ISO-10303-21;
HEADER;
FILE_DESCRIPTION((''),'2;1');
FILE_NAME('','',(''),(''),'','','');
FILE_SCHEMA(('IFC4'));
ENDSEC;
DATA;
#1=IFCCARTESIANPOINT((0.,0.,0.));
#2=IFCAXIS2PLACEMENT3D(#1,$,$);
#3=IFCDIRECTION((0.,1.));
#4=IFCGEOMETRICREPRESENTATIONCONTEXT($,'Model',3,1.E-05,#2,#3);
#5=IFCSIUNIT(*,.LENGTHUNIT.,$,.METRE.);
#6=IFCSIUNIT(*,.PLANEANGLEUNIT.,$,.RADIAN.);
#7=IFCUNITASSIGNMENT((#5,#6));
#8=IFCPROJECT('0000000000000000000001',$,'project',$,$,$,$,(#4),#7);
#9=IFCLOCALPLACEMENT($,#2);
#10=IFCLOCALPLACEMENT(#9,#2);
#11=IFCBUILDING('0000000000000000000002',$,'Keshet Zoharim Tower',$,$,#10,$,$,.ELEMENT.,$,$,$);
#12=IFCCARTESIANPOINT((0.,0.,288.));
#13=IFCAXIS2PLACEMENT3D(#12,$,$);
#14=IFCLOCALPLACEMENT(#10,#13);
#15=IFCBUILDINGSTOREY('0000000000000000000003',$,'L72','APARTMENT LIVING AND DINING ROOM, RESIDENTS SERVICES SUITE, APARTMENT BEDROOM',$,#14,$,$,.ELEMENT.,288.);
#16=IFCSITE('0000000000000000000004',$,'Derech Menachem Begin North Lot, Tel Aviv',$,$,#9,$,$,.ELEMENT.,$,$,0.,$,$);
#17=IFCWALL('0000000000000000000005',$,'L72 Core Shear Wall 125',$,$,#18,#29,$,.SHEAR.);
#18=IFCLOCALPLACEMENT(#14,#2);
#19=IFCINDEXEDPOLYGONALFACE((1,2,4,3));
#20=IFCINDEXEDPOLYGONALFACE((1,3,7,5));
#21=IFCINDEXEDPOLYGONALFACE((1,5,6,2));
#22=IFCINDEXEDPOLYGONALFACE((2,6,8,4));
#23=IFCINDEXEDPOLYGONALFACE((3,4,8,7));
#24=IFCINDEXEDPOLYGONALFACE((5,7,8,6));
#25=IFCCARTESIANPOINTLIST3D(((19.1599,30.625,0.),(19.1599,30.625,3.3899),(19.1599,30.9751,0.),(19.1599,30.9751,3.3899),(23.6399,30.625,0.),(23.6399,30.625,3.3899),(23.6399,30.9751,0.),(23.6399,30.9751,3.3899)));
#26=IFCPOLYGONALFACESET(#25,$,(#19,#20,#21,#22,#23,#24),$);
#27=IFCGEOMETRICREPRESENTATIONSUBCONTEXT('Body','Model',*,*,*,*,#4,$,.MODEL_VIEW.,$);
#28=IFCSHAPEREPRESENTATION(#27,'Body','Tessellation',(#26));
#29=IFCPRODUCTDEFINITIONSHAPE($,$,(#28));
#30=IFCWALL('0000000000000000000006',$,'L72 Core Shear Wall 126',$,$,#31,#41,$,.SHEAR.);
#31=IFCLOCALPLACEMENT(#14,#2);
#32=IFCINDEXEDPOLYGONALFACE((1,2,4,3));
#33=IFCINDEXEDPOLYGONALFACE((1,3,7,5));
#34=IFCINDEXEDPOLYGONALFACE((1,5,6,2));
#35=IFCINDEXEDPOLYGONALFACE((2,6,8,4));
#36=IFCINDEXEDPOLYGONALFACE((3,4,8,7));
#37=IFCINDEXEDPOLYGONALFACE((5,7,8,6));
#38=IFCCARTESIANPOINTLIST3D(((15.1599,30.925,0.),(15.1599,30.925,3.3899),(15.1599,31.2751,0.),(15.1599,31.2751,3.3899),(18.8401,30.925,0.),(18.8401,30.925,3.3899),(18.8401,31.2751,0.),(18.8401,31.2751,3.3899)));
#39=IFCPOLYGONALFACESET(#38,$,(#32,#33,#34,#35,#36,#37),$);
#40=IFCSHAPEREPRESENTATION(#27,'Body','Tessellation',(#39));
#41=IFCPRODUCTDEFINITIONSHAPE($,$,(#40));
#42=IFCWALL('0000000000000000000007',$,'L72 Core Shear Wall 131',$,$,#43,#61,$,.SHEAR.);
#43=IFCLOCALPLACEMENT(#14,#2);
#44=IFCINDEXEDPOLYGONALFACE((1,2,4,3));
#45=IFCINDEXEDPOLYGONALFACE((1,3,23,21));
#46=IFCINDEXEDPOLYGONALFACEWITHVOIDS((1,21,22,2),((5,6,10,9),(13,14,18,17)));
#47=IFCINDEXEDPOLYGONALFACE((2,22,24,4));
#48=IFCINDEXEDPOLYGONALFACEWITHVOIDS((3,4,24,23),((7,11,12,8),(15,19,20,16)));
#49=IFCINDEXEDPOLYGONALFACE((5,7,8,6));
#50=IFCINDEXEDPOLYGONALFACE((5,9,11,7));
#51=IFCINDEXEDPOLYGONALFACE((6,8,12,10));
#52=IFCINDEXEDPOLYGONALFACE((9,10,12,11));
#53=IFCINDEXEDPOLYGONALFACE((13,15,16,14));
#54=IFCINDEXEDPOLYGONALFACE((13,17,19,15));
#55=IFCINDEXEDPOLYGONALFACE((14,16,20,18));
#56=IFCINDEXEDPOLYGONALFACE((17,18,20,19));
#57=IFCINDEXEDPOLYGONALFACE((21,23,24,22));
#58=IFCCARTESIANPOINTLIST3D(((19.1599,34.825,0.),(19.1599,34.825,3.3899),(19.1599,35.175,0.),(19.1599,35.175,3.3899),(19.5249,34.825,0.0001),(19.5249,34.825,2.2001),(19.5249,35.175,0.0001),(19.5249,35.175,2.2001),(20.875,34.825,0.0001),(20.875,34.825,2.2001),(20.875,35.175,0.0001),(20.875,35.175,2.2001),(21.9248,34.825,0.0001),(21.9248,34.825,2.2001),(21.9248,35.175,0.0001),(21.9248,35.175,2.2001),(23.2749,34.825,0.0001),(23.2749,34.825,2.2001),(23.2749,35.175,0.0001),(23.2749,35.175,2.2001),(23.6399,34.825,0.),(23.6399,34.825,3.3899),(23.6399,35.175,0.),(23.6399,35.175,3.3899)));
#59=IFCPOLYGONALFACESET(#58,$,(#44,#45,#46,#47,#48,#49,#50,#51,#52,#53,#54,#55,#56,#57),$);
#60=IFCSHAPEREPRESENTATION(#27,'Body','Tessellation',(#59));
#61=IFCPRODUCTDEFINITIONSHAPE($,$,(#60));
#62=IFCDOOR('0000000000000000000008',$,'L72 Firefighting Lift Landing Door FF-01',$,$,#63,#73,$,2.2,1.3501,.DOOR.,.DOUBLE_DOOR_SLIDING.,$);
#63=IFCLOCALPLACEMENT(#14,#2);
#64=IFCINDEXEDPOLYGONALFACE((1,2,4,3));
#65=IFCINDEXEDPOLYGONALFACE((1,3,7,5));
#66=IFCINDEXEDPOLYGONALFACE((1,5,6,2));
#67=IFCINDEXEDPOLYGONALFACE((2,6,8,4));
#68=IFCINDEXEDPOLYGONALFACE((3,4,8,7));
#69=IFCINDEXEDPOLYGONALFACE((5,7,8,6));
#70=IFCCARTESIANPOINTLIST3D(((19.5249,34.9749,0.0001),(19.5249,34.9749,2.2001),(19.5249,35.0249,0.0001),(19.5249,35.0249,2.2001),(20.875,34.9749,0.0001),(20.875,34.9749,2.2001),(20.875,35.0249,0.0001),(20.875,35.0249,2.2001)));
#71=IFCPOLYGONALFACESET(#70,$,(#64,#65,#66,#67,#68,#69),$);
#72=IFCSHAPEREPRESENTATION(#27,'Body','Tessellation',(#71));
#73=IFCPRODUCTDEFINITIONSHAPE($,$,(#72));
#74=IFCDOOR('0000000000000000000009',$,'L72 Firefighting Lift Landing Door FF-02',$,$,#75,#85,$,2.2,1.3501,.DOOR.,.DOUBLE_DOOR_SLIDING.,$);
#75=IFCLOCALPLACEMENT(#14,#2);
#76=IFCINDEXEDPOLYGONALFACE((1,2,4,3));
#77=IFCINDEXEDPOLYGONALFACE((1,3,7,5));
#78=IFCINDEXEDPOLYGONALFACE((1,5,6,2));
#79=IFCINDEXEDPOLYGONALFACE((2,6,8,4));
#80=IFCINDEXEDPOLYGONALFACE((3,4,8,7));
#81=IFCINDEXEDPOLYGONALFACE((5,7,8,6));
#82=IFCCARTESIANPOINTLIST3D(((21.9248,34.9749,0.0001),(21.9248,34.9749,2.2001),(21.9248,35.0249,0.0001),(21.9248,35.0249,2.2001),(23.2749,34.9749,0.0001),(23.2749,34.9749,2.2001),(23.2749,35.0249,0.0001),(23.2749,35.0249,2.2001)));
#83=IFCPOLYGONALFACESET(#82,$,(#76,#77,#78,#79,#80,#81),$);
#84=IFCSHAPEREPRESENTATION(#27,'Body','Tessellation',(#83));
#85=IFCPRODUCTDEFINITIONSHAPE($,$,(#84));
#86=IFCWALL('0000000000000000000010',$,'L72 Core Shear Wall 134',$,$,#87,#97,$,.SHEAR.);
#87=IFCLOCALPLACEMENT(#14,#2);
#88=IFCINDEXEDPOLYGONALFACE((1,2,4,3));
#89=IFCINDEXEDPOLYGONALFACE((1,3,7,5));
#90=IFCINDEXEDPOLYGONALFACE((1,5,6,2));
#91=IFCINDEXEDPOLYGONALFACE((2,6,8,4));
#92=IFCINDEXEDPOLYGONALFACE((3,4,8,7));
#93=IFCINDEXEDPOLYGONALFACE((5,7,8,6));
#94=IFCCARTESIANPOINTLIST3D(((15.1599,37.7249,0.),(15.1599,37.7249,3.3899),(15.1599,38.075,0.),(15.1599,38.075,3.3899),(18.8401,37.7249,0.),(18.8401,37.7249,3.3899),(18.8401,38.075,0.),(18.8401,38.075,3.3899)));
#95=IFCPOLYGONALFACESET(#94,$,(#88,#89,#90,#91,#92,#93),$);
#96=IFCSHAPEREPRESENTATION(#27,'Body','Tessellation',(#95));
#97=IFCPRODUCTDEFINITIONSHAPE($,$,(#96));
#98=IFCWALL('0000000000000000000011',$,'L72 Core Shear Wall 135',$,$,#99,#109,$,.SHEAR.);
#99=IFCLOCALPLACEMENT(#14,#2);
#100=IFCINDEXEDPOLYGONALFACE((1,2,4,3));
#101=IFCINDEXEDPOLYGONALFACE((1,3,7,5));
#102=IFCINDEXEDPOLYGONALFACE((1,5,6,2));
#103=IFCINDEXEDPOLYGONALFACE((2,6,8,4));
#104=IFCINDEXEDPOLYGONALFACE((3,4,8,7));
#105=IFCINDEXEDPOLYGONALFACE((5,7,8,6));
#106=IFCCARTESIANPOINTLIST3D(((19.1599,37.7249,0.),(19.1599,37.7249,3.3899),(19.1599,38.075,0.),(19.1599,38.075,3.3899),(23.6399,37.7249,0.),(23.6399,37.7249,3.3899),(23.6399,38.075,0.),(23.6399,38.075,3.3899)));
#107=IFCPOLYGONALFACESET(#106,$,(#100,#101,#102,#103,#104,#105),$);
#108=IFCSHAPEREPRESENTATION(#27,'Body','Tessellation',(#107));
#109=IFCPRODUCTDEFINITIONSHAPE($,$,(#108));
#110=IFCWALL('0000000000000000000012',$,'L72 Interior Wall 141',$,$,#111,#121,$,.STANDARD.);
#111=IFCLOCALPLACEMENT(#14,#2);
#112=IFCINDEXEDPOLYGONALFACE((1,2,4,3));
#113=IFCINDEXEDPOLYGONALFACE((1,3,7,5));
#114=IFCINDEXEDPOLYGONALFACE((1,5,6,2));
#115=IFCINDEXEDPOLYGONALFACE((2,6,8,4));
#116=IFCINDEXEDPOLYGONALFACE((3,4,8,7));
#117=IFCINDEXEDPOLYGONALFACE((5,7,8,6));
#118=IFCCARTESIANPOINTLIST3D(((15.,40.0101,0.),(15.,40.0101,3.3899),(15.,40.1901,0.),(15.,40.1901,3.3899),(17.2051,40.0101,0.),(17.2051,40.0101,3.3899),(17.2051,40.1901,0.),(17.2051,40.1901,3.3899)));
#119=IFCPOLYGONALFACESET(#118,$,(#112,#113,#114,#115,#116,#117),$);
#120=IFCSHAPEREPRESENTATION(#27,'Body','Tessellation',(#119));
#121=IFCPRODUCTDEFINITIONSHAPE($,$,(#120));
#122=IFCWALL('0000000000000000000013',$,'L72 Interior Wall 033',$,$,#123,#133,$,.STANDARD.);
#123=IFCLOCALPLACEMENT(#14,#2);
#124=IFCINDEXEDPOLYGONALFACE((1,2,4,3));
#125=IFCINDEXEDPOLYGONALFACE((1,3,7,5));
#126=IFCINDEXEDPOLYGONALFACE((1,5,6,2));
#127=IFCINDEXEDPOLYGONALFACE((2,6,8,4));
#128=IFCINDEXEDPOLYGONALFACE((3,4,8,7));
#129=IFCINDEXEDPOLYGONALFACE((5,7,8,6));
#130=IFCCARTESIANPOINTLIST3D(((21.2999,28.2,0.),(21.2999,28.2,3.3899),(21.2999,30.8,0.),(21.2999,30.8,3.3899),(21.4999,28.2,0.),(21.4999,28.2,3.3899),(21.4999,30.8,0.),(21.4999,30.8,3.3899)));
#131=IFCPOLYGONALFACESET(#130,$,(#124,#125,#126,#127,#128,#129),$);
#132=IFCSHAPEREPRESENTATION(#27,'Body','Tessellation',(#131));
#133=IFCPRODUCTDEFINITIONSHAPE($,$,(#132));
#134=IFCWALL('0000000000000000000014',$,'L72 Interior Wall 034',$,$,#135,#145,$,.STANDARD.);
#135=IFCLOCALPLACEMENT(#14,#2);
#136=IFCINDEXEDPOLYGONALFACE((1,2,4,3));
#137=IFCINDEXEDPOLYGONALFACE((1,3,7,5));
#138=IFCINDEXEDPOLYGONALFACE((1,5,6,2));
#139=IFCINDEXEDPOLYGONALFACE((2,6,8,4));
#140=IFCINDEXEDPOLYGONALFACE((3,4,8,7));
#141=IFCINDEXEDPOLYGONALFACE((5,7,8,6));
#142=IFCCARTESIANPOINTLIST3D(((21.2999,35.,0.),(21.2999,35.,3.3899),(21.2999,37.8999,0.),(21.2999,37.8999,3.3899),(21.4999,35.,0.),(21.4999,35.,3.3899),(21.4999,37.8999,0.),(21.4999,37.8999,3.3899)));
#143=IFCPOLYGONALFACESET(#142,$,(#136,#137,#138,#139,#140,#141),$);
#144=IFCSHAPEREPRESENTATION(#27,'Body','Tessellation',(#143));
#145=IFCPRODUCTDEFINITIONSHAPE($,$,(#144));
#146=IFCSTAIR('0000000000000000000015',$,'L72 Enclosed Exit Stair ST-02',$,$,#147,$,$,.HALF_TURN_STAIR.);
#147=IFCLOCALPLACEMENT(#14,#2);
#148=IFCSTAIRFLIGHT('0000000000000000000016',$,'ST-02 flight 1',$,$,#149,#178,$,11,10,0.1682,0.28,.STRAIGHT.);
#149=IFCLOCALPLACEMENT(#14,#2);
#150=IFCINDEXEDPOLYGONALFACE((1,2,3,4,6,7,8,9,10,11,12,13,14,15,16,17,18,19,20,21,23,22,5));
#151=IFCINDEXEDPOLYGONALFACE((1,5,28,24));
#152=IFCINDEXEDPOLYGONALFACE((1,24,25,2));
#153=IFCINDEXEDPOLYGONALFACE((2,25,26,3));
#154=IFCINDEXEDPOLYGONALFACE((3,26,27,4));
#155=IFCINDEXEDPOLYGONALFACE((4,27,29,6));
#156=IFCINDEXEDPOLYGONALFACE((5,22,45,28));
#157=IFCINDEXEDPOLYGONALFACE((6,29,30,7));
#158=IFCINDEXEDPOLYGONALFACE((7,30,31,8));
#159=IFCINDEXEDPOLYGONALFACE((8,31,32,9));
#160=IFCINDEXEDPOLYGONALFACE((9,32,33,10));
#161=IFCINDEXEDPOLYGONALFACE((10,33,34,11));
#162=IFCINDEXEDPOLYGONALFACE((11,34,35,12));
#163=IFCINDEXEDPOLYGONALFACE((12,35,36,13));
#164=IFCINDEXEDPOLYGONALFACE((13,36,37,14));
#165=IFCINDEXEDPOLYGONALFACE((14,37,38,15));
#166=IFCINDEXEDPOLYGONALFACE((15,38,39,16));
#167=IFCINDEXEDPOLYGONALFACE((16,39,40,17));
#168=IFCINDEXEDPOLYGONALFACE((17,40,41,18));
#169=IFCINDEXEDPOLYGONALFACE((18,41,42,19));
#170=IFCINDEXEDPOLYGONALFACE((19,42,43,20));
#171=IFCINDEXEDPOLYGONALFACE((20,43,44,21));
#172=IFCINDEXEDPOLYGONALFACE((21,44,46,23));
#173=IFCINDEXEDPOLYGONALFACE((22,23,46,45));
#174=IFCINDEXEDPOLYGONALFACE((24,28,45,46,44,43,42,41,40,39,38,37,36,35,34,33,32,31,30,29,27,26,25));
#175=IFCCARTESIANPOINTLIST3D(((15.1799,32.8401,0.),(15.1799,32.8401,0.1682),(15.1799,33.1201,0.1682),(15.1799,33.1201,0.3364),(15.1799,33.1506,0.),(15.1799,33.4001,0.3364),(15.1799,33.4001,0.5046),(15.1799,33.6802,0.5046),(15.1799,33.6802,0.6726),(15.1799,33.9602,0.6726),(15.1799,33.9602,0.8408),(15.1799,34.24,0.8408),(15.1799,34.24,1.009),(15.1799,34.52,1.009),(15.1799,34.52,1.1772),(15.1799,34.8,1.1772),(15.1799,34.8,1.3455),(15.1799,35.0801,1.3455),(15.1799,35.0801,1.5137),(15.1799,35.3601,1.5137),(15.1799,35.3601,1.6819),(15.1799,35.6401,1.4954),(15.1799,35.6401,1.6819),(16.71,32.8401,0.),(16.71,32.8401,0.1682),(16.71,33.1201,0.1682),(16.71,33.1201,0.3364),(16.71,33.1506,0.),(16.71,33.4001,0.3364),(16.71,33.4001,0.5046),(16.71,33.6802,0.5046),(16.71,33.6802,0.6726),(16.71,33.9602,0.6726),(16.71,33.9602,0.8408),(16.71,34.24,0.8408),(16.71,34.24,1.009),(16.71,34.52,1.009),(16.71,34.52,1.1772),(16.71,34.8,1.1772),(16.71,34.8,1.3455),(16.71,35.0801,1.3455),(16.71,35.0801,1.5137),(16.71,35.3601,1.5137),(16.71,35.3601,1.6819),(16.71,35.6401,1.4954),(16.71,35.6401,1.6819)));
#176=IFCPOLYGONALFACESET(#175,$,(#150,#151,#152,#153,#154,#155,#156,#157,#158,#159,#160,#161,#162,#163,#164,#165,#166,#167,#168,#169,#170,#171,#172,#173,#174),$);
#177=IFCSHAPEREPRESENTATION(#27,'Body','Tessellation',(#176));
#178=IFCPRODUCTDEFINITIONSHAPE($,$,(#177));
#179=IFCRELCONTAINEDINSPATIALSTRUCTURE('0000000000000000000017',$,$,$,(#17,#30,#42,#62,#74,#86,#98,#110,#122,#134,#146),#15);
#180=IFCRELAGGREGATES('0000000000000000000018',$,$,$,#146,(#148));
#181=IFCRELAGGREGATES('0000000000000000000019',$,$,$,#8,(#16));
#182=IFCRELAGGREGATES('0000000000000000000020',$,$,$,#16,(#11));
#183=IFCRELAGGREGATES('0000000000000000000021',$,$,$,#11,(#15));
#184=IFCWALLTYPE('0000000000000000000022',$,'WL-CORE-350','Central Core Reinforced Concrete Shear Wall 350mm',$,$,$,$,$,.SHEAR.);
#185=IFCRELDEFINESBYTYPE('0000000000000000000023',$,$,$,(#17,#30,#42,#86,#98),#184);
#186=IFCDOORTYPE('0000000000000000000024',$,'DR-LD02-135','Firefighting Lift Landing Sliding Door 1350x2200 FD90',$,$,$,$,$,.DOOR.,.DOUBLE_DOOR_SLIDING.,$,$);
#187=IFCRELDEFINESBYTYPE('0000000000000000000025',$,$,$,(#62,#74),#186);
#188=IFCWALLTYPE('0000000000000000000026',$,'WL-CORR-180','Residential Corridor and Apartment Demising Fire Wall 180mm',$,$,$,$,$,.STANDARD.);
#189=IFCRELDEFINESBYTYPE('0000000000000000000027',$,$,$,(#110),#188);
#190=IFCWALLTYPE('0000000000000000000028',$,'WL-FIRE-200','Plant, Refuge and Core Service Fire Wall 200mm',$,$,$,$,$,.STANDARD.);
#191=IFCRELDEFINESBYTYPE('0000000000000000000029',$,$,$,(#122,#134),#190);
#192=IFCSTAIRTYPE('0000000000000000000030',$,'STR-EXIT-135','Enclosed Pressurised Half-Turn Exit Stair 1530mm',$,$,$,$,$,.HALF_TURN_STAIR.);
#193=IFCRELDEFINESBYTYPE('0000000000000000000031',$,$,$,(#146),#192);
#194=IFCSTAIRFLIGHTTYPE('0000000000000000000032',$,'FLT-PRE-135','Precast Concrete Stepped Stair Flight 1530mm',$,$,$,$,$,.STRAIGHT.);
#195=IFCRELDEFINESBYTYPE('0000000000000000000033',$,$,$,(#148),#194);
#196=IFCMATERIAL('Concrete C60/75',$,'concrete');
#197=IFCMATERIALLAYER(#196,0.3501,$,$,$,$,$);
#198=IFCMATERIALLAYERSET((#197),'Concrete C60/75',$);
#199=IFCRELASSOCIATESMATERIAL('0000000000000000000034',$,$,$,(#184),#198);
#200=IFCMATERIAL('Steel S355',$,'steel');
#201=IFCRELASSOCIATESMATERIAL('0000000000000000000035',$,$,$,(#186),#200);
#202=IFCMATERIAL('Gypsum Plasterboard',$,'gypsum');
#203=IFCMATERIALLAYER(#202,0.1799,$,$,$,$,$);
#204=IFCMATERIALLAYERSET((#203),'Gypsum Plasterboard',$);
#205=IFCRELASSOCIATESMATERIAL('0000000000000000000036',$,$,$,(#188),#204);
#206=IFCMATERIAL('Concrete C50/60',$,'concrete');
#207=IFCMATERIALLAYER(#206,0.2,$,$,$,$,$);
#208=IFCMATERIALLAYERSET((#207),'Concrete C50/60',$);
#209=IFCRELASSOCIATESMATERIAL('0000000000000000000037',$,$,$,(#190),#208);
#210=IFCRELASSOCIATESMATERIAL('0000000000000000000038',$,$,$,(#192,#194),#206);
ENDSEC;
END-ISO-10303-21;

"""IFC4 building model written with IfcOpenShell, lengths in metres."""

from ifc_helpers import new_model, si_unit, direction, frame, frame_2d, origin, place, context, subcontext, project, spatial, polyline, rectangle, outline, extrude, material, layer, layer_set, type_object, element, fill, aggregate, save


model = new_model("IFC4")

# Units and contexts
model_context = context("Model", 3, precision=1e-05, world=origin(), true_north=direction((0.0, 1.0)))
body_context = subcontext(model_context, "Body", "Model", "MODEL_VIEW")
ifc_project = project(units=[si_unit("LENGTHUNIT", "METRE"), si_unit("PLANEANGLEUNIT", "RADIAN")], contexts=[model_context])

# Site, building, storey
site_placement = place(None, origin())
site = spatial("IfcSite", under=ifc_project, at=site_placement, Name="Derech Menachem Begin North Lot, Tel Aviv", CompositionType="ELEMENT", RefElevation=0.0)
building_placement = place(site_placement, origin())
building = spatial("IfcBuilding", under=site, at=building_placement, Name="Keshet Zoharim Tower", CompositionType="ELEMENT")
storey_placement = place(building_placement, frame((0.0, 0.0, 288.0)))
storey = spatial("IfcBuildingStorey", under=building, at=storey_placement, Name="L72", Description="APARTMENT LIVING AND DINING ROOM, RESIDENTS SERVICES SUITE, APARTMENT BEDROOM", CompositionType="ELEMENT", Elevation=288.0)

# Shared definitions
ifc_material_1 = material(Name="Steel S355", Category="steel")

# Shared definitions
ifc_material_2 = material(Name="Concrete C60/75", Category="concrete")
ifc_layer_1 = layer(ifc_material_2, 0.3501)
ifc_layer_set_1 = layer_set([ifc_layer_1], Name="Concrete C60/75")
wall_type_1 = type_object("IfcWallType", Name="WL-CORE-350", Description="Central Core Reinforced Concrete Shear Wall 350mm", PredefinedType="SHEAR", material=ifc_layer_set_1)

# Walls
wall_1_placement = place(storey_placement, frame((19.1599, 30.8, 0.0), z_axis=(0.0, 0.0, 1.0), x_axis=(1.0, 0.0, 0.0)))
element("IfcWall", 1, at=wall_1_placement, inside=storey, type_object=wall_type_1, Name="L72 Core Shear Wall 125", PredefinedType="SHEAR", context=body_context, shape_type="SweptSolid", body=[
    extrude(rectangle(XDim=4.48, YDim=0.3501, at=frame_2d((2.24, 0.0))), origin(), (0.0, 0.0, 1.0), 3.3899),
])
wall_2_placement = place(storey_placement, frame((15.1599, 31.1001, 0.0), z_axis=(0.0, 0.0, 1.0), x_axis=(1.0, 0.0, 0.0)))
element("IfcWall", 2, at=wall_2_placement, inside=storey, type_object=wall_type_1, Name="L72 Core Shear Wall 126", PredefinedType="SHEAR", context=body_context, shape_type="SweptSolid", body=[
    extrude(rectangle(XDim=3.6802, YDim=0.3501, at=frame_2d((1.8401, 0.0))), origin(), (0.0, 0.0, 1.0), 3.3899),
])

# Wall, openings, doors
wall_3_placement = place(storey_placement, frame((19.1599, 35.0, 0.0), z_axis=(0.0, 0.0, 1.0), x_axis=(1.0, 0.0, 0.0)))
wall_3 = element("IfcWall", 3, at=wall_3_placement, inside=storey, type_object=wall_type_1, Name="L72 Core Shear Wall 131", PredefinedType="SHEAR", context=body_context, shape_type="SweptSolid", body=[
    extrude(rectangle(XDim=4.48, YDim=0.3501, at=frame_2d((2.24, 0.0))), origin(), (0.0, 0.0, 1.0), 3.3899),
])
opening_1_placement = place(wall_3_placement, frame((0.365, 0.0, 0.0)))
opening_1 = element("IfcOpeningElement", 4, at=opening_1_placement, cuts=wall_3, PredefinedType="OPENING", context=body_context, shape_type="SweptSolid", body=[
    extrude(rectangle(XDim=1.3501, YDim=2.2, at=frame_2d((0.675, 1.1001))), frame((0.0, 0.1851, 0.0), z_axis=(0.0, -1.0, 0.0), x_axis=(1.0, 0.0, 0.0)), (0.0, 0.0, 1.0), 0.3701),
])
opening_2_placement = place(wall_3_placement, frame((2.7649, 0.0, 0.0)))
opening_2 = element("IfcOpeningElement", 5, at=opening_2_placement, cuts=wall_3, PredefinedType="OPENING", context=body_context, shape_type="SweptSolid", body=[
    extrude(rectangle(XDim=1.3501, YDim=2.2, at=frame_2d((0.675, 1.1001))), frame((0.0, 0.1851, 0.0), z_axis=(0.0, -1.0, 0.0), x_axis=(1.0, 0.0, 0.0)), (0.0, 0.0, 1.0), 0.3701),
])
door_type_1 = type_object("IfcDoorType", Name="DR-LD02-135", Description="Firefighting Lift Landing Sliding Door 1350x2200 FD90", OperationType="DOUBLE_DOOR_SLIDING", PredefinedType="DOOR", material=ifc_material_1)
door_1_placement = place(opening_1_placement, origin())
door_1 = element("IfcDoor", 6, at=door_1_placement, inside=storey, type_object=door_type_1, Name="L72 Firefighting Lift Landing Door FF-01", OperationType="DOUBLE_DOOR_SLIDING", OverallHeight=2.2, OverallWidth=1.3501, PredefinedType="DOOR", context=body_context, shape_type="SweptSolid", body=[
    extrude(rectangle(XDim=1.3501, YDim=2.2, at=frame_2d((0.675, 1.1001))), frame((0.0, 0.0249, 0.0), z_axis=(0.0, -1.0, 0.0), x_axis=(1.0, 0.0, 0.0)), (0.0, 0.0, 1.0), 0.05),
])
fill(opening_1, door_1)
door_2_placement = place(opening_2_placement, origin())
door_2 = element("IfcDoor", 7, at=door_2_placement, inside=storey, type_object=door_type_1, Name="L72 Firefighting Lift Landing Door FF-02", OperationType="DOUBLE_DOOR_SLIDING", OverallHeight=2.2, OverallWidth=1.3501, PredefinedType="DOOR", context=body_context, shape_type="SweptSolid", body=[
    extrude(rectangle(XDim=1.3501, YDim=2.2, at=frame_2d((0.675, 1.1001))), frame((0.0, 0.0249, 0.0), z_axis=(0.0, -1.0, 0.0), x_axis=(1.0, 0.0, 0.0)), (0.0, 0.0, 1.0), 0.05),
])
fill(opening_2, door_2)

# Walls
wall_4_placement = place(storey_placement, frame((15.1599, 37.8999, 0.0), z_axis=(0.0, 0.0, 1.0), x_axis=(1.0, 0.0, 0.0)))
element("IfcWall", 8, at=wall_4_placement, inside=storey, type_object=wall_type_1, Name="L72 Core Shear Wall 134", PredefinedType="SHEAR", context=body_context, shape_type="SweptSolid", body=[
    extrude(rectangle(XDim=3.6802, YDim=0.3501, at=frame_2d((1.8401, 0.0))), origin(), (0.0, 0.0, 1.0), 3.3899),
])
wall_5_placement = place(storey_placement, frame((19.1599, 37.8999, 0.0), z_axis=(0.0, 0.0, 1.0), x_axis=(1.0, 0.0, 0.0)))
element("IfcWall", 9, at=wall_5_placement, inside=storey, type_object=wall_type_1, Name="L72 Core Shear Wall 135", PredefinedType="SHEAR", context=body_context, shape_type="SweptSolid", body=[
    extrude(rectangle(XDim=4.48, YDim=0.3501, at=frame_2d((2.24, 0.0))), origin(), (0.0, 0.0, 1.0), 3.3899),
])
ifc_material_3 = material(Name="Gypsum Plasterboard", Category="gypsum")
ifc_layer_2 = layer(ifc_material_3, 0.1799)
ifc_layer_set_2 = layer_set([ifc_layer_2], Name="Gypsum Plasterboard")
wall_type_2 = type_object("IfcWallType", Name="WL-CORR-180", Description="Residential Corridor and Apartment Demising Fire Wall 180mm", PredefinedType="STANDARD", material=ifc_layer_set_2)
wall_6_placement = place(storey_placement, frame((15.0, 40.1001, 0.0), z_axis=(0.0, 0.0, 1.0), x_axis=(1.0, 0.0, 0.0)))
element("IfcWall", 10, at=wall_6_placement, inside=storey, type_object=wall_type_2, Name="L72 Interior Wall 141", PredefinedType="STANDARD", context=body_context, shape_type="SweptSolid", body=[
    extrude(rectangle(XDim=2.2051, YDim=0.1799, at=frame_2d((1.1025, 0.0))), origin(), (0.0, 0.0, 1.0), 3.3899),
])
ifc_material_4 = material(Name="Concrete C50/60", Category="concrete")
ifc_layer_3 = layer(ifc_material_4, 0.2)
ifc_layer_set_3 = layer_set([ifc_layer_3], Name="Concrete C50/60")
wall_type_3 = type_object("IfcWallType", Name="WL-FIRE-200", Description="Plant, Refuge and Core Service Fire Wall 200mm", PredefinedType="STANDARD", material=ifc_layer_set_3)
wall_7_placement = place(storey_placement, frame((21.3999, 28.2, 0.0), z_axis=(0.0, 0.0, 1.0), x_axis=(0.0, 1.0, 0.0)))
element("IfcWall", 11, at=wall_7_placement, inside=storey, type_object=wall_type_3, Name="L72 Interior Wall 033", PredefinedType="STANDARD", context=body_context, shape_type="SweptSolid", body=[
    extrude(rectangle(XDim=2.6001, YDim=0.2, at=frame_2d((1.3, 0.0))), origin(), (0.0, 0.0, 1.0), 3.3899),
])
wall_8_placement = place(storey_placement, frame((21.3999, 35.0, 0.0), z_axis=(0.0, 0.0, 1.0), x_axis=(0.0, 1.0, 0.0)))
element("IfcWall", 12, at=wall_8_placement, inside=storey, type_object=wall_type_3, Name="L72 Interior Wall 034", PredefinedType="STANDARD", context=body_context, shape_type="SweptSolid", body=[
    extrude(rectangle(XDim=2.8999, YDim=0.2, at=frame_2d((1.45, 0.0))), origin(), (0.0, 0.0, 1.0), 3.3899),
])

# Stair, stair flight
stair_type = type_object("IfcStairType", Name="STR-EXIT-135", Description="Enclosed Pressurised Half-Turn Exit Stair 1530mm", PredefinedType="HALF_TURN_STAIR", material=ifc_material_4)
stair_placement = place(storey_placement, origin())
stair = element("IfcStair", 13, at=stair_placement, inside=storey, type_object=stair_type, Name="L72 Enclosed Exit Stair ST-02", PredefinedType="HALF_TURN_STAIR")
stair_flight_type = type_object("IfcStairFlightType", Name="FLT-PRE-135", Description="Precast Concrete Stepped Stair Flight 1530mm", PredefinedType="STRAIGHT", material=ifc_material_4)
stair_flight_1_placement = place(storey_placement, frame((15.9451, 32.8401, 0.0), z_axis=(0.0, 0.0, 1.0), x_axis=(0.0, 1.0, 0.0)))
stair_flight_1 = element("IfcStairFlight", 14, at=stair_flight_1_placement, type_object=stair_flight_type, Name="ST-02 flight 1", NumberOfRisers=11, NumberOfTreads=10, PredefinedType="STRAIGHT", RiserHeight=0.1682, TreadLength=0.28, context=body_context, shape_type="SweptSolid", body=[
    extrude(outline(polyline([(0.0, 0.0), (0.0, 0.1682), (0.28, 0.1682), (0.28, 0.3364), (0.5601, 0.3364), (0.5601, 0.5046), (0.8401, 0.5046), (0.8401, 0.6726), (1.1201, 0.6726), (1.1201, 0.8408), (1.3999, 0.8408), (1.3999, 1.009), (1.6799, 1.009), (1.6799, 1.1772), (1.96, 1.1772), (1.96, 1.3455), (2.24, 1.3455), (2.24, 1.5137), (2.52, 1.5137), (2.52, 1.6819), (2.8, 1.6819), (2.8, 1.8501), (2.8, 1.4954), (0.3105, 0.0), (0.0, 0.0)])), frame((0.0, 0.7651, 0.0), z_axis=(0.0, -1.0, 0.0), x_axis=(1.0, 0.0, 0.0)), (0.0, 0.0, 1.0), 1.53),
])
aggregate(stair, [stair_flight_1])

save(model, "model.ifc")
